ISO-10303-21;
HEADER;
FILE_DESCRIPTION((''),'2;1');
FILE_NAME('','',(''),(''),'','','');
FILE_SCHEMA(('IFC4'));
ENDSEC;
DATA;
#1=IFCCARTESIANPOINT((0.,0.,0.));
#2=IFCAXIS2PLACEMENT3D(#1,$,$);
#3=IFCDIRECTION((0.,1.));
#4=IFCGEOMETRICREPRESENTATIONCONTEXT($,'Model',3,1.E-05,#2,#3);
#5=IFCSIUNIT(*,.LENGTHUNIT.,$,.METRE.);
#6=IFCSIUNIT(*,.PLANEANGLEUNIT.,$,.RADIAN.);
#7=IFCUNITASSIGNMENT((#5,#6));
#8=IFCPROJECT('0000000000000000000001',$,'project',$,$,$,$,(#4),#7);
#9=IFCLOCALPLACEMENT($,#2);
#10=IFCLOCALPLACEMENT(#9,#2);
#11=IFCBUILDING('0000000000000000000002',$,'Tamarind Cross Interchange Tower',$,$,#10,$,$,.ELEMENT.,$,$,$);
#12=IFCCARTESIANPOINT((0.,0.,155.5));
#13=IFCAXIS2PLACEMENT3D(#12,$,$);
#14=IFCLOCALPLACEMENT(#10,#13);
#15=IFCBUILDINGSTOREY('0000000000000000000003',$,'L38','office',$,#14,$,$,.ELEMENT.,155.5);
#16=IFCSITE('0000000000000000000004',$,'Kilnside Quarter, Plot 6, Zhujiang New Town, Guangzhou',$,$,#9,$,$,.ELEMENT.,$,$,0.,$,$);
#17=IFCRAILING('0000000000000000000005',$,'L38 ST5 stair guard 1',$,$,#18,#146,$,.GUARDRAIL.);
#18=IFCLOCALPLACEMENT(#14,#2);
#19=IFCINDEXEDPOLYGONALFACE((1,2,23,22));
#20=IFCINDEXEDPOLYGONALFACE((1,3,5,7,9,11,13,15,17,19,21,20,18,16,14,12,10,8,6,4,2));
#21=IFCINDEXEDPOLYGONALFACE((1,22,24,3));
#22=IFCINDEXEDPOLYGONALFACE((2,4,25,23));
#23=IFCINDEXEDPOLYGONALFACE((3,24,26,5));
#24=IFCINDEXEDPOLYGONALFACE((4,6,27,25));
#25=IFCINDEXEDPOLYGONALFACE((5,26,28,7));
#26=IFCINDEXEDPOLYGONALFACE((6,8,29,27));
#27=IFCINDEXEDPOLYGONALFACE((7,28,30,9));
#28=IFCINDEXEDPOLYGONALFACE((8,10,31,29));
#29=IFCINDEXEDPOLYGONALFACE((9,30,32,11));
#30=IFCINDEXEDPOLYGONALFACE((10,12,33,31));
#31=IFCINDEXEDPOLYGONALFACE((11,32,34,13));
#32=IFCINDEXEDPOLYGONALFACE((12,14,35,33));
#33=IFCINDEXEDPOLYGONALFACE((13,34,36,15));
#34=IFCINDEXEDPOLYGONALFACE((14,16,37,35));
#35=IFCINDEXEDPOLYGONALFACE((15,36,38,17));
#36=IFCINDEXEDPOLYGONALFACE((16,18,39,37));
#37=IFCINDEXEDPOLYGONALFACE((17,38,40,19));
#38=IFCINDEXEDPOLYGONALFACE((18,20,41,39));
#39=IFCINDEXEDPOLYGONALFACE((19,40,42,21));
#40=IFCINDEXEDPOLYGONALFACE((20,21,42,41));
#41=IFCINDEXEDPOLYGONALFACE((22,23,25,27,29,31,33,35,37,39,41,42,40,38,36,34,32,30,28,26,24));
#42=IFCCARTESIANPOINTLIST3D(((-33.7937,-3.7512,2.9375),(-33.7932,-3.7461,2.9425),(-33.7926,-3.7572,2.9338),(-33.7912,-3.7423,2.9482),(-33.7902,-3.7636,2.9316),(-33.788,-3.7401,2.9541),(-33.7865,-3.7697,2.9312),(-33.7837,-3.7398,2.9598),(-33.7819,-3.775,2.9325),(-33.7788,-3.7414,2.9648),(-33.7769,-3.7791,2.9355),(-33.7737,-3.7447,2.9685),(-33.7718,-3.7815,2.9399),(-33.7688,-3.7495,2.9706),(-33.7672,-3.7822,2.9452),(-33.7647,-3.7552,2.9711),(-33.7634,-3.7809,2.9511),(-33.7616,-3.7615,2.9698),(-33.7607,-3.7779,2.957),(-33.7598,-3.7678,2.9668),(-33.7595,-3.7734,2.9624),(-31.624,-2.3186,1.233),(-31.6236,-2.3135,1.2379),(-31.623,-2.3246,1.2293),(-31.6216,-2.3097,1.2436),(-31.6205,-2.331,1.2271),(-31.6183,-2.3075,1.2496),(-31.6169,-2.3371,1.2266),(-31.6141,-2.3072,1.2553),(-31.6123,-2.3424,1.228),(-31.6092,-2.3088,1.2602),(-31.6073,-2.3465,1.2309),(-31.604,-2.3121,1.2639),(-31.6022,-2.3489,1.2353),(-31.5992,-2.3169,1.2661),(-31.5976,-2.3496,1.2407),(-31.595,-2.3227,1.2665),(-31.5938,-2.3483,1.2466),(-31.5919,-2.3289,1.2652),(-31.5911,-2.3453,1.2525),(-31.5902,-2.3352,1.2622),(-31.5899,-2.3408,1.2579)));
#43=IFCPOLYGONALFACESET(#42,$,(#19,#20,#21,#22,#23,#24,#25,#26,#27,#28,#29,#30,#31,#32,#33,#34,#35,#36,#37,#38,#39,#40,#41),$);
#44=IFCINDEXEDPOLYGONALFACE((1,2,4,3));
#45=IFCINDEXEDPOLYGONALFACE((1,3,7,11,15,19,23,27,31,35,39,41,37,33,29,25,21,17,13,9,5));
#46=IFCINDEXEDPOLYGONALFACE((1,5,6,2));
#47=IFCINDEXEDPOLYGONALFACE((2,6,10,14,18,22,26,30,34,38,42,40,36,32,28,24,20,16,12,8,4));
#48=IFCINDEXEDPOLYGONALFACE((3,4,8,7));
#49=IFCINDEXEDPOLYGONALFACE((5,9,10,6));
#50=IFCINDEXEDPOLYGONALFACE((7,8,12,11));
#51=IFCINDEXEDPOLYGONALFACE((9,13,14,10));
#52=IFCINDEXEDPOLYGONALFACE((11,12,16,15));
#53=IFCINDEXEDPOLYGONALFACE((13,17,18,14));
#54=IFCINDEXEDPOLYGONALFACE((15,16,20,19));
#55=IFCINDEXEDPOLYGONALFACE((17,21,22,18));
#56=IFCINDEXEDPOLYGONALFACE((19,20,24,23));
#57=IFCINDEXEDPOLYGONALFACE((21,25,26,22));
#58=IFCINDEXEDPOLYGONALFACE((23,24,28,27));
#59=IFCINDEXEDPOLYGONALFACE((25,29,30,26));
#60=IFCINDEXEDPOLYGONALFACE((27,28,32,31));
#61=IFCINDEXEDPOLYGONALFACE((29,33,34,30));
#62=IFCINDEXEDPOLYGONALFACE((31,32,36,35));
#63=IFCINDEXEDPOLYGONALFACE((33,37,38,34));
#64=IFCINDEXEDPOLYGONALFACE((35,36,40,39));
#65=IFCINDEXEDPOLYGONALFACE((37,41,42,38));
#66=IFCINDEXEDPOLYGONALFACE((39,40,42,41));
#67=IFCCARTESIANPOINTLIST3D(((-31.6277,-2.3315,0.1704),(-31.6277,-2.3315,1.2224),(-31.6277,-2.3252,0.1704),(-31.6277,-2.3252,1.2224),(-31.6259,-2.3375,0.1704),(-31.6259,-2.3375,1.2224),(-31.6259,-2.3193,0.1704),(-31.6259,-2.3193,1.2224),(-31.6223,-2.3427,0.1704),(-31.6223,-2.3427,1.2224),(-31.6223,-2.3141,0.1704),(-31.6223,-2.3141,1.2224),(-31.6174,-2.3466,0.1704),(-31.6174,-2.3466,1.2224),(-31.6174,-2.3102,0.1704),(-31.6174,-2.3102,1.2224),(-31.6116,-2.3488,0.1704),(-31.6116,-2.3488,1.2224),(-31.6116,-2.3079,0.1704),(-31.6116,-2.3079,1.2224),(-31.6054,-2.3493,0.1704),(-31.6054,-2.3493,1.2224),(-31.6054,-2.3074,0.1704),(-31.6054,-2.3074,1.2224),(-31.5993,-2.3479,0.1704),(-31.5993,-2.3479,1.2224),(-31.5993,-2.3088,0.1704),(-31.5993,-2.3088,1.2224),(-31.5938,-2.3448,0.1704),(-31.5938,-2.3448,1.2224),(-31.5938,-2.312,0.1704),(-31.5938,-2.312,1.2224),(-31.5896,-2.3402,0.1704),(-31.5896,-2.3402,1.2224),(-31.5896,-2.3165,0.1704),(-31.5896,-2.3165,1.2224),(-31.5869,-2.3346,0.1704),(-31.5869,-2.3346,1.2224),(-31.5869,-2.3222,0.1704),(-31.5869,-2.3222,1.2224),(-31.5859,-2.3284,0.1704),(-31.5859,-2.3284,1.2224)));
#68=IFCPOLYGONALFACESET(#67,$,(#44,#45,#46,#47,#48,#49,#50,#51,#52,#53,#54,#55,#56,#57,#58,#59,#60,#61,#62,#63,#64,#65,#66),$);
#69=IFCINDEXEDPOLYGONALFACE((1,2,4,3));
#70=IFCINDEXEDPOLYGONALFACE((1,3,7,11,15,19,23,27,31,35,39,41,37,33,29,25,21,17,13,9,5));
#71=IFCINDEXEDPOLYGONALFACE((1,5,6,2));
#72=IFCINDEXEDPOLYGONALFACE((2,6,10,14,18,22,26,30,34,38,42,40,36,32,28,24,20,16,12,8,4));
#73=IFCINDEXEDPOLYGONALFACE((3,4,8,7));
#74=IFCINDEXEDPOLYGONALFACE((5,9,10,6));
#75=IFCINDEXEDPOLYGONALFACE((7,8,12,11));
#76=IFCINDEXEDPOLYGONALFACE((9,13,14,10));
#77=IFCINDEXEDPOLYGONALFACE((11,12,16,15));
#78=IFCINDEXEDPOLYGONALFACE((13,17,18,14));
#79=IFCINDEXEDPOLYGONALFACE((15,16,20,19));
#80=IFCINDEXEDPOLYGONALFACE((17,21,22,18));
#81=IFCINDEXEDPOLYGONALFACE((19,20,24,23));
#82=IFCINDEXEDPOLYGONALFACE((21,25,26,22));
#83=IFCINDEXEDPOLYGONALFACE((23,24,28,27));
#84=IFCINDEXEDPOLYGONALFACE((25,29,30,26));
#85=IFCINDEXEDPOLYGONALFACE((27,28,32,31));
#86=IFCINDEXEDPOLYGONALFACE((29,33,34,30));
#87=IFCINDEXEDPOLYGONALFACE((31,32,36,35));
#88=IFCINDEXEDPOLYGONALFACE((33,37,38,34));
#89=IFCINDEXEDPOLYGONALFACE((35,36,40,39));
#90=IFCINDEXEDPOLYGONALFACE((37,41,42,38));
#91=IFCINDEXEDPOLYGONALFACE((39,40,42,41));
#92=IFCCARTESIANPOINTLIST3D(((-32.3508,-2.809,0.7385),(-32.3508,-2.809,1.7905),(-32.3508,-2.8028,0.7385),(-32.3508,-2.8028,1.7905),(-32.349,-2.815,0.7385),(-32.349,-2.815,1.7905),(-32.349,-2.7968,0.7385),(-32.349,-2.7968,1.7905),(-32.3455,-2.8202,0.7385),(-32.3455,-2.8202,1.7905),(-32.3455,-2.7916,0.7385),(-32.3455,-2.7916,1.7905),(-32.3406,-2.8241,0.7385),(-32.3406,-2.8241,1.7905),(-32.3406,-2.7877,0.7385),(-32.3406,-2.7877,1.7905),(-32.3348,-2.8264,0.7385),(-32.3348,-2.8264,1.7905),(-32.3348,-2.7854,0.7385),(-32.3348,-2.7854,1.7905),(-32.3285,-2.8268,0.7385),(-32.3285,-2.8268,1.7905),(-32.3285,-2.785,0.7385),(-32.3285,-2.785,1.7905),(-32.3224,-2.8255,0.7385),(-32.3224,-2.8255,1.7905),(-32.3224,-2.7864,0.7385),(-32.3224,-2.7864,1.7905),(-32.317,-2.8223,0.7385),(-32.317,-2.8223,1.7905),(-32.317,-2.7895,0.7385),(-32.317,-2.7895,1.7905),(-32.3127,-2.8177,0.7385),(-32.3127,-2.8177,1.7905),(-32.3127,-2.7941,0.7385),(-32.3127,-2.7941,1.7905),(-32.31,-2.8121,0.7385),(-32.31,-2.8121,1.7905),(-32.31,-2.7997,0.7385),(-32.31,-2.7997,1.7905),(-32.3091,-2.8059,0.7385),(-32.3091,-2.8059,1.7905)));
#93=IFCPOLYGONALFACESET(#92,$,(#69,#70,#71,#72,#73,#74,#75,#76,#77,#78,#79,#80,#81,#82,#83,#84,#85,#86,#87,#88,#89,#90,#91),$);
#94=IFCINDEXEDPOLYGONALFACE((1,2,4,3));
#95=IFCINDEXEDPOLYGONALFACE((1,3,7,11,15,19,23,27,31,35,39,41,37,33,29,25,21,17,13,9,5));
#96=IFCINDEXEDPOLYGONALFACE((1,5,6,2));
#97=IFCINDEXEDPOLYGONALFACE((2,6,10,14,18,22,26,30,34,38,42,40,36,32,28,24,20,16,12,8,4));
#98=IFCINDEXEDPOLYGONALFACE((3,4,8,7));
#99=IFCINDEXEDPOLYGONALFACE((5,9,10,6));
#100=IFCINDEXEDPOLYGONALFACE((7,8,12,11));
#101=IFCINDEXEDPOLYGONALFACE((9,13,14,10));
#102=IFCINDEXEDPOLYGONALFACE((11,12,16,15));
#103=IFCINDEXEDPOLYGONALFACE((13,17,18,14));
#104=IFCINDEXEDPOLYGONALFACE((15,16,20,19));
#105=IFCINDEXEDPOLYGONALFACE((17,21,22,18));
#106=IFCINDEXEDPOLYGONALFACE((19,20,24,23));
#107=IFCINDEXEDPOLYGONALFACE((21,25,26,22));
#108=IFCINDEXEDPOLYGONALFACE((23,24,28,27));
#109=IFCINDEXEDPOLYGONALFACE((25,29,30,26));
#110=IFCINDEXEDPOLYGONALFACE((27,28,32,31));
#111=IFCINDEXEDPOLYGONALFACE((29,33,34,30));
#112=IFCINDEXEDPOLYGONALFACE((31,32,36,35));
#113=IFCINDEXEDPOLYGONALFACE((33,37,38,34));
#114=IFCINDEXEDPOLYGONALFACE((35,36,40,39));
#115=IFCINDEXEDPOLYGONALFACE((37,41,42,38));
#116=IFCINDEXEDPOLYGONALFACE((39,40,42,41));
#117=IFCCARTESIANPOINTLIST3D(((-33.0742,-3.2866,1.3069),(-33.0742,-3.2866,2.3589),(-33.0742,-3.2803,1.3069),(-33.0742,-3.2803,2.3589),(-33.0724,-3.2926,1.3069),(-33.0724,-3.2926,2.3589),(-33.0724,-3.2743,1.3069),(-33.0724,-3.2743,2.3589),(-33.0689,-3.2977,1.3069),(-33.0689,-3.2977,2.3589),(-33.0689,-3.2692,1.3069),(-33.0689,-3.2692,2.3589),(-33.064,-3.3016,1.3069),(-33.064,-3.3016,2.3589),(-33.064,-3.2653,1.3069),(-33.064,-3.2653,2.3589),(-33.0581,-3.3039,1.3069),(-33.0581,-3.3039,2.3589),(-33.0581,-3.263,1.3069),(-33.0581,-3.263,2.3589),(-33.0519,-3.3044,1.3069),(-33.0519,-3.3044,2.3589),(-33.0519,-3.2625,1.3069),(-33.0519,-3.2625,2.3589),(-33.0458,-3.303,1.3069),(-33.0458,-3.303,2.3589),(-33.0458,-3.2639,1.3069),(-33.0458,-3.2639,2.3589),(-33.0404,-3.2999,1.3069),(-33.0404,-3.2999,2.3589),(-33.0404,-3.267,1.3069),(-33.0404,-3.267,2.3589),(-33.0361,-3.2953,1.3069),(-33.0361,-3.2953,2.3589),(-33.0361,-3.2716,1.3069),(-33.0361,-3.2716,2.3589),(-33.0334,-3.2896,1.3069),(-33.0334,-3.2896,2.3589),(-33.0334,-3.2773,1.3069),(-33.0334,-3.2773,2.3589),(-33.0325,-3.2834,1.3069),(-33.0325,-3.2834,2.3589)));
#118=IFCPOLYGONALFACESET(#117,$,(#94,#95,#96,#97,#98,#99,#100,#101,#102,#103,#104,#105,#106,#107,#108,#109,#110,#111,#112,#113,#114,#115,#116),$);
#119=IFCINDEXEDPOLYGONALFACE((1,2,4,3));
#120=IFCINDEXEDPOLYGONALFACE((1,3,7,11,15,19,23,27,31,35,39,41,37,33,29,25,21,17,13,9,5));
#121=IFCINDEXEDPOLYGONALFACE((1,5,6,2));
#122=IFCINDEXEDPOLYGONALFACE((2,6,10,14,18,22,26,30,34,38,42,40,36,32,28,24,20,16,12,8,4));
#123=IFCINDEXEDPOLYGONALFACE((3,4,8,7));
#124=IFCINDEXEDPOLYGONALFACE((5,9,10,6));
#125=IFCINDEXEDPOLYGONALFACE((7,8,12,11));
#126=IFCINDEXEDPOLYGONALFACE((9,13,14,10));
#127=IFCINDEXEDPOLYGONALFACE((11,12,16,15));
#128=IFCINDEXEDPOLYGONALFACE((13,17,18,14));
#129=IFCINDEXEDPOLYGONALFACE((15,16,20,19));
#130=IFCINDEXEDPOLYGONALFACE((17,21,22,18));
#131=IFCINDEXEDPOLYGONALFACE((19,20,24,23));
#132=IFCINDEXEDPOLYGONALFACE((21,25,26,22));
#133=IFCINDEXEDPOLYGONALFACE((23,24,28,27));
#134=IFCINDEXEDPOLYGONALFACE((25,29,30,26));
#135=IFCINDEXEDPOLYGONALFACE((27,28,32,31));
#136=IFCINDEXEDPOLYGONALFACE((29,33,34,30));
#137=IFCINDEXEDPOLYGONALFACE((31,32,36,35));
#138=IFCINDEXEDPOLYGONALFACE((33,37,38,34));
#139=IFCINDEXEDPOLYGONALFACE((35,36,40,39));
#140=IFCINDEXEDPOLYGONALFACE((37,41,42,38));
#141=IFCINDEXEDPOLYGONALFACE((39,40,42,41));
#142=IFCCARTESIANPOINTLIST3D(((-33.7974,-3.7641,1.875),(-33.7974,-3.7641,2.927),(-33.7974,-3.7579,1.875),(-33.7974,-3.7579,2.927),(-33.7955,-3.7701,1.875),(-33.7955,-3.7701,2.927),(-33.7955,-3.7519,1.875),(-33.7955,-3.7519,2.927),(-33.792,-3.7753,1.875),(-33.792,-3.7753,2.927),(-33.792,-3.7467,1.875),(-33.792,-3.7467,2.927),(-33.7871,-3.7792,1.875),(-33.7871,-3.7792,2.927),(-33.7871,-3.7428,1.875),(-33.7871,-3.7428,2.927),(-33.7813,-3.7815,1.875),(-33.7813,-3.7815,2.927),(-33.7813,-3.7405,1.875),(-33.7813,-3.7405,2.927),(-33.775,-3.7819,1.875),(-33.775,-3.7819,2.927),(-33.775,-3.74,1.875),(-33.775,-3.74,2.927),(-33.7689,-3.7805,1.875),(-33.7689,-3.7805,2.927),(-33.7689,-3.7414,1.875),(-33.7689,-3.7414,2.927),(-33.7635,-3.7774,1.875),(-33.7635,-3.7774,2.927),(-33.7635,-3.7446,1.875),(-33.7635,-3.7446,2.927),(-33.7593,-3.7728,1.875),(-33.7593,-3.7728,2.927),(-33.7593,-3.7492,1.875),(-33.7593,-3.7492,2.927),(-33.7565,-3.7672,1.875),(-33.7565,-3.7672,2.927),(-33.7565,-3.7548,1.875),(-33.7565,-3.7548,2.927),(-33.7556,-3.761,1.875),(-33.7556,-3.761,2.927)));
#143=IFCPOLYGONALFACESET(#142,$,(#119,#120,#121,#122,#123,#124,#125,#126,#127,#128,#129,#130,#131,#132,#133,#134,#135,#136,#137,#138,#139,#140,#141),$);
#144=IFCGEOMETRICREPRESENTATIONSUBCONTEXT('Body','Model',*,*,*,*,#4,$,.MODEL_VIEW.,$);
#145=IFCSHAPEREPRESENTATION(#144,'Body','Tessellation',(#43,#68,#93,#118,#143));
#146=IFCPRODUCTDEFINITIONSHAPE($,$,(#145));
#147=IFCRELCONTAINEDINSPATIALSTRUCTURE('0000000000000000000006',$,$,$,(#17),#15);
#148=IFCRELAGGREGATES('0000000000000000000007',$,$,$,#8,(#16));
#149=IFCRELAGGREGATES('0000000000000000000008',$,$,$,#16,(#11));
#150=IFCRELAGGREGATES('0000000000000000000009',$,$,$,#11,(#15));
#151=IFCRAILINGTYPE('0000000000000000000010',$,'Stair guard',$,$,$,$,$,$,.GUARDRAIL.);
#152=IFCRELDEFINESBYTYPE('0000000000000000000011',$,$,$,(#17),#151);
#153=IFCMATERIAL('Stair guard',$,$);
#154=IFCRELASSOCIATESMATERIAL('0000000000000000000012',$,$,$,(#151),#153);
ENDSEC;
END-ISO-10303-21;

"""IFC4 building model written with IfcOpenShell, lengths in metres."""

from ifc_helpers import new_model, si_unit, direction, frame, origin, origin_2d, place, context, subcontext, project, spatial, circle, extrude, material, type_object, element, save


model = new_model("IFC4")

# Units and contexts
model_context = context("Model", 3, precision=1e-05, world=origin(), true_north=direction((0.0, 1.0)))
body_context = subcontext(model_context, "Body", "Model", "MODEL_VIEW")
ifc_project = project(units=[si_unit("LENGTHUNIT", "METRE"), si_unit("PLANEANGLEUNIT", "RADIAN")], contexts=[model_context])

# Site, building, storey
site_placement = place(None, origin())
site = spatial("IfcSite", under=ifc_project, at=site_placement, Name="Kilnside Quarter, Plot 6, Zhujiang New Town, Guangzhou", CompositionType="ELEMENT", RefElevation=0.0)
building_placement = place(site_placement, origin())
building = spatial("IfcBuilding", under=site, at=building_placement, Name="Tamarind Cross Interchange Tower", CompositionType="ELEMENT")
storey_placement = place(building_placement, frame((0.0, 0.0, 155.5)))
storey = spatial("IfcBuildingStorey", under=building, at=storey_placement, Name="L38", Description="office", CompositionType="ELEMENT", Elevation=155.5)

# Railing
ifc_material_1 = material(Name="Stair guard")
railing_type_1 = type_object("IfcRailingType", Name="Stair guard", PredefinedType="GUARDRAIL", material=ifc_material_1)
railing_1_placement = place(storey_placement, frame((-31.6069, -2.3284, 0.1704)))
element("IfcRailing", 1, at=railing_1_placement, inside=storey, type_object=railing_type_1, Name="L38 ST5 stair guard 1", PredefinedType="GUARDRAIL", context=body_context, shape_type="SweptSolid", body=[
    extrude(circle(Radius=0.0239, at=origin_2d()), frame((0.0, 0.0, 1.0762), z_axis=(-0.697883, -0.460805, 0.548286), x_axis=(0.551011, -0.834498, 0.0)), (0.0, 0.0, 1.0), 3.1089),
    extrude(circle(Radius=0.021, at=origin_2d()), origin(), (0.0, 0.0, 1.0), 1.052),
    extrude(circle(Radius=0.021, at=origin_2d()), frame((-0.7231, -0.4775, 0.5681)), (0.0, 0.0, 1.0), 1.052),
    extrude(circle(Radius=0.021, at=origin_2d()), frame((-1.4465, -0.9551, 1.1365)), (0.0, 0.0, 1.0), 1.052),
    extrude(circle(Radius=0.021, at=origin_2d()), frame((-2.1697, -1.4326, 1.7046)), (0.0, 0.0, 1.0), 1.052),
])

save(model, "model.ifc")
